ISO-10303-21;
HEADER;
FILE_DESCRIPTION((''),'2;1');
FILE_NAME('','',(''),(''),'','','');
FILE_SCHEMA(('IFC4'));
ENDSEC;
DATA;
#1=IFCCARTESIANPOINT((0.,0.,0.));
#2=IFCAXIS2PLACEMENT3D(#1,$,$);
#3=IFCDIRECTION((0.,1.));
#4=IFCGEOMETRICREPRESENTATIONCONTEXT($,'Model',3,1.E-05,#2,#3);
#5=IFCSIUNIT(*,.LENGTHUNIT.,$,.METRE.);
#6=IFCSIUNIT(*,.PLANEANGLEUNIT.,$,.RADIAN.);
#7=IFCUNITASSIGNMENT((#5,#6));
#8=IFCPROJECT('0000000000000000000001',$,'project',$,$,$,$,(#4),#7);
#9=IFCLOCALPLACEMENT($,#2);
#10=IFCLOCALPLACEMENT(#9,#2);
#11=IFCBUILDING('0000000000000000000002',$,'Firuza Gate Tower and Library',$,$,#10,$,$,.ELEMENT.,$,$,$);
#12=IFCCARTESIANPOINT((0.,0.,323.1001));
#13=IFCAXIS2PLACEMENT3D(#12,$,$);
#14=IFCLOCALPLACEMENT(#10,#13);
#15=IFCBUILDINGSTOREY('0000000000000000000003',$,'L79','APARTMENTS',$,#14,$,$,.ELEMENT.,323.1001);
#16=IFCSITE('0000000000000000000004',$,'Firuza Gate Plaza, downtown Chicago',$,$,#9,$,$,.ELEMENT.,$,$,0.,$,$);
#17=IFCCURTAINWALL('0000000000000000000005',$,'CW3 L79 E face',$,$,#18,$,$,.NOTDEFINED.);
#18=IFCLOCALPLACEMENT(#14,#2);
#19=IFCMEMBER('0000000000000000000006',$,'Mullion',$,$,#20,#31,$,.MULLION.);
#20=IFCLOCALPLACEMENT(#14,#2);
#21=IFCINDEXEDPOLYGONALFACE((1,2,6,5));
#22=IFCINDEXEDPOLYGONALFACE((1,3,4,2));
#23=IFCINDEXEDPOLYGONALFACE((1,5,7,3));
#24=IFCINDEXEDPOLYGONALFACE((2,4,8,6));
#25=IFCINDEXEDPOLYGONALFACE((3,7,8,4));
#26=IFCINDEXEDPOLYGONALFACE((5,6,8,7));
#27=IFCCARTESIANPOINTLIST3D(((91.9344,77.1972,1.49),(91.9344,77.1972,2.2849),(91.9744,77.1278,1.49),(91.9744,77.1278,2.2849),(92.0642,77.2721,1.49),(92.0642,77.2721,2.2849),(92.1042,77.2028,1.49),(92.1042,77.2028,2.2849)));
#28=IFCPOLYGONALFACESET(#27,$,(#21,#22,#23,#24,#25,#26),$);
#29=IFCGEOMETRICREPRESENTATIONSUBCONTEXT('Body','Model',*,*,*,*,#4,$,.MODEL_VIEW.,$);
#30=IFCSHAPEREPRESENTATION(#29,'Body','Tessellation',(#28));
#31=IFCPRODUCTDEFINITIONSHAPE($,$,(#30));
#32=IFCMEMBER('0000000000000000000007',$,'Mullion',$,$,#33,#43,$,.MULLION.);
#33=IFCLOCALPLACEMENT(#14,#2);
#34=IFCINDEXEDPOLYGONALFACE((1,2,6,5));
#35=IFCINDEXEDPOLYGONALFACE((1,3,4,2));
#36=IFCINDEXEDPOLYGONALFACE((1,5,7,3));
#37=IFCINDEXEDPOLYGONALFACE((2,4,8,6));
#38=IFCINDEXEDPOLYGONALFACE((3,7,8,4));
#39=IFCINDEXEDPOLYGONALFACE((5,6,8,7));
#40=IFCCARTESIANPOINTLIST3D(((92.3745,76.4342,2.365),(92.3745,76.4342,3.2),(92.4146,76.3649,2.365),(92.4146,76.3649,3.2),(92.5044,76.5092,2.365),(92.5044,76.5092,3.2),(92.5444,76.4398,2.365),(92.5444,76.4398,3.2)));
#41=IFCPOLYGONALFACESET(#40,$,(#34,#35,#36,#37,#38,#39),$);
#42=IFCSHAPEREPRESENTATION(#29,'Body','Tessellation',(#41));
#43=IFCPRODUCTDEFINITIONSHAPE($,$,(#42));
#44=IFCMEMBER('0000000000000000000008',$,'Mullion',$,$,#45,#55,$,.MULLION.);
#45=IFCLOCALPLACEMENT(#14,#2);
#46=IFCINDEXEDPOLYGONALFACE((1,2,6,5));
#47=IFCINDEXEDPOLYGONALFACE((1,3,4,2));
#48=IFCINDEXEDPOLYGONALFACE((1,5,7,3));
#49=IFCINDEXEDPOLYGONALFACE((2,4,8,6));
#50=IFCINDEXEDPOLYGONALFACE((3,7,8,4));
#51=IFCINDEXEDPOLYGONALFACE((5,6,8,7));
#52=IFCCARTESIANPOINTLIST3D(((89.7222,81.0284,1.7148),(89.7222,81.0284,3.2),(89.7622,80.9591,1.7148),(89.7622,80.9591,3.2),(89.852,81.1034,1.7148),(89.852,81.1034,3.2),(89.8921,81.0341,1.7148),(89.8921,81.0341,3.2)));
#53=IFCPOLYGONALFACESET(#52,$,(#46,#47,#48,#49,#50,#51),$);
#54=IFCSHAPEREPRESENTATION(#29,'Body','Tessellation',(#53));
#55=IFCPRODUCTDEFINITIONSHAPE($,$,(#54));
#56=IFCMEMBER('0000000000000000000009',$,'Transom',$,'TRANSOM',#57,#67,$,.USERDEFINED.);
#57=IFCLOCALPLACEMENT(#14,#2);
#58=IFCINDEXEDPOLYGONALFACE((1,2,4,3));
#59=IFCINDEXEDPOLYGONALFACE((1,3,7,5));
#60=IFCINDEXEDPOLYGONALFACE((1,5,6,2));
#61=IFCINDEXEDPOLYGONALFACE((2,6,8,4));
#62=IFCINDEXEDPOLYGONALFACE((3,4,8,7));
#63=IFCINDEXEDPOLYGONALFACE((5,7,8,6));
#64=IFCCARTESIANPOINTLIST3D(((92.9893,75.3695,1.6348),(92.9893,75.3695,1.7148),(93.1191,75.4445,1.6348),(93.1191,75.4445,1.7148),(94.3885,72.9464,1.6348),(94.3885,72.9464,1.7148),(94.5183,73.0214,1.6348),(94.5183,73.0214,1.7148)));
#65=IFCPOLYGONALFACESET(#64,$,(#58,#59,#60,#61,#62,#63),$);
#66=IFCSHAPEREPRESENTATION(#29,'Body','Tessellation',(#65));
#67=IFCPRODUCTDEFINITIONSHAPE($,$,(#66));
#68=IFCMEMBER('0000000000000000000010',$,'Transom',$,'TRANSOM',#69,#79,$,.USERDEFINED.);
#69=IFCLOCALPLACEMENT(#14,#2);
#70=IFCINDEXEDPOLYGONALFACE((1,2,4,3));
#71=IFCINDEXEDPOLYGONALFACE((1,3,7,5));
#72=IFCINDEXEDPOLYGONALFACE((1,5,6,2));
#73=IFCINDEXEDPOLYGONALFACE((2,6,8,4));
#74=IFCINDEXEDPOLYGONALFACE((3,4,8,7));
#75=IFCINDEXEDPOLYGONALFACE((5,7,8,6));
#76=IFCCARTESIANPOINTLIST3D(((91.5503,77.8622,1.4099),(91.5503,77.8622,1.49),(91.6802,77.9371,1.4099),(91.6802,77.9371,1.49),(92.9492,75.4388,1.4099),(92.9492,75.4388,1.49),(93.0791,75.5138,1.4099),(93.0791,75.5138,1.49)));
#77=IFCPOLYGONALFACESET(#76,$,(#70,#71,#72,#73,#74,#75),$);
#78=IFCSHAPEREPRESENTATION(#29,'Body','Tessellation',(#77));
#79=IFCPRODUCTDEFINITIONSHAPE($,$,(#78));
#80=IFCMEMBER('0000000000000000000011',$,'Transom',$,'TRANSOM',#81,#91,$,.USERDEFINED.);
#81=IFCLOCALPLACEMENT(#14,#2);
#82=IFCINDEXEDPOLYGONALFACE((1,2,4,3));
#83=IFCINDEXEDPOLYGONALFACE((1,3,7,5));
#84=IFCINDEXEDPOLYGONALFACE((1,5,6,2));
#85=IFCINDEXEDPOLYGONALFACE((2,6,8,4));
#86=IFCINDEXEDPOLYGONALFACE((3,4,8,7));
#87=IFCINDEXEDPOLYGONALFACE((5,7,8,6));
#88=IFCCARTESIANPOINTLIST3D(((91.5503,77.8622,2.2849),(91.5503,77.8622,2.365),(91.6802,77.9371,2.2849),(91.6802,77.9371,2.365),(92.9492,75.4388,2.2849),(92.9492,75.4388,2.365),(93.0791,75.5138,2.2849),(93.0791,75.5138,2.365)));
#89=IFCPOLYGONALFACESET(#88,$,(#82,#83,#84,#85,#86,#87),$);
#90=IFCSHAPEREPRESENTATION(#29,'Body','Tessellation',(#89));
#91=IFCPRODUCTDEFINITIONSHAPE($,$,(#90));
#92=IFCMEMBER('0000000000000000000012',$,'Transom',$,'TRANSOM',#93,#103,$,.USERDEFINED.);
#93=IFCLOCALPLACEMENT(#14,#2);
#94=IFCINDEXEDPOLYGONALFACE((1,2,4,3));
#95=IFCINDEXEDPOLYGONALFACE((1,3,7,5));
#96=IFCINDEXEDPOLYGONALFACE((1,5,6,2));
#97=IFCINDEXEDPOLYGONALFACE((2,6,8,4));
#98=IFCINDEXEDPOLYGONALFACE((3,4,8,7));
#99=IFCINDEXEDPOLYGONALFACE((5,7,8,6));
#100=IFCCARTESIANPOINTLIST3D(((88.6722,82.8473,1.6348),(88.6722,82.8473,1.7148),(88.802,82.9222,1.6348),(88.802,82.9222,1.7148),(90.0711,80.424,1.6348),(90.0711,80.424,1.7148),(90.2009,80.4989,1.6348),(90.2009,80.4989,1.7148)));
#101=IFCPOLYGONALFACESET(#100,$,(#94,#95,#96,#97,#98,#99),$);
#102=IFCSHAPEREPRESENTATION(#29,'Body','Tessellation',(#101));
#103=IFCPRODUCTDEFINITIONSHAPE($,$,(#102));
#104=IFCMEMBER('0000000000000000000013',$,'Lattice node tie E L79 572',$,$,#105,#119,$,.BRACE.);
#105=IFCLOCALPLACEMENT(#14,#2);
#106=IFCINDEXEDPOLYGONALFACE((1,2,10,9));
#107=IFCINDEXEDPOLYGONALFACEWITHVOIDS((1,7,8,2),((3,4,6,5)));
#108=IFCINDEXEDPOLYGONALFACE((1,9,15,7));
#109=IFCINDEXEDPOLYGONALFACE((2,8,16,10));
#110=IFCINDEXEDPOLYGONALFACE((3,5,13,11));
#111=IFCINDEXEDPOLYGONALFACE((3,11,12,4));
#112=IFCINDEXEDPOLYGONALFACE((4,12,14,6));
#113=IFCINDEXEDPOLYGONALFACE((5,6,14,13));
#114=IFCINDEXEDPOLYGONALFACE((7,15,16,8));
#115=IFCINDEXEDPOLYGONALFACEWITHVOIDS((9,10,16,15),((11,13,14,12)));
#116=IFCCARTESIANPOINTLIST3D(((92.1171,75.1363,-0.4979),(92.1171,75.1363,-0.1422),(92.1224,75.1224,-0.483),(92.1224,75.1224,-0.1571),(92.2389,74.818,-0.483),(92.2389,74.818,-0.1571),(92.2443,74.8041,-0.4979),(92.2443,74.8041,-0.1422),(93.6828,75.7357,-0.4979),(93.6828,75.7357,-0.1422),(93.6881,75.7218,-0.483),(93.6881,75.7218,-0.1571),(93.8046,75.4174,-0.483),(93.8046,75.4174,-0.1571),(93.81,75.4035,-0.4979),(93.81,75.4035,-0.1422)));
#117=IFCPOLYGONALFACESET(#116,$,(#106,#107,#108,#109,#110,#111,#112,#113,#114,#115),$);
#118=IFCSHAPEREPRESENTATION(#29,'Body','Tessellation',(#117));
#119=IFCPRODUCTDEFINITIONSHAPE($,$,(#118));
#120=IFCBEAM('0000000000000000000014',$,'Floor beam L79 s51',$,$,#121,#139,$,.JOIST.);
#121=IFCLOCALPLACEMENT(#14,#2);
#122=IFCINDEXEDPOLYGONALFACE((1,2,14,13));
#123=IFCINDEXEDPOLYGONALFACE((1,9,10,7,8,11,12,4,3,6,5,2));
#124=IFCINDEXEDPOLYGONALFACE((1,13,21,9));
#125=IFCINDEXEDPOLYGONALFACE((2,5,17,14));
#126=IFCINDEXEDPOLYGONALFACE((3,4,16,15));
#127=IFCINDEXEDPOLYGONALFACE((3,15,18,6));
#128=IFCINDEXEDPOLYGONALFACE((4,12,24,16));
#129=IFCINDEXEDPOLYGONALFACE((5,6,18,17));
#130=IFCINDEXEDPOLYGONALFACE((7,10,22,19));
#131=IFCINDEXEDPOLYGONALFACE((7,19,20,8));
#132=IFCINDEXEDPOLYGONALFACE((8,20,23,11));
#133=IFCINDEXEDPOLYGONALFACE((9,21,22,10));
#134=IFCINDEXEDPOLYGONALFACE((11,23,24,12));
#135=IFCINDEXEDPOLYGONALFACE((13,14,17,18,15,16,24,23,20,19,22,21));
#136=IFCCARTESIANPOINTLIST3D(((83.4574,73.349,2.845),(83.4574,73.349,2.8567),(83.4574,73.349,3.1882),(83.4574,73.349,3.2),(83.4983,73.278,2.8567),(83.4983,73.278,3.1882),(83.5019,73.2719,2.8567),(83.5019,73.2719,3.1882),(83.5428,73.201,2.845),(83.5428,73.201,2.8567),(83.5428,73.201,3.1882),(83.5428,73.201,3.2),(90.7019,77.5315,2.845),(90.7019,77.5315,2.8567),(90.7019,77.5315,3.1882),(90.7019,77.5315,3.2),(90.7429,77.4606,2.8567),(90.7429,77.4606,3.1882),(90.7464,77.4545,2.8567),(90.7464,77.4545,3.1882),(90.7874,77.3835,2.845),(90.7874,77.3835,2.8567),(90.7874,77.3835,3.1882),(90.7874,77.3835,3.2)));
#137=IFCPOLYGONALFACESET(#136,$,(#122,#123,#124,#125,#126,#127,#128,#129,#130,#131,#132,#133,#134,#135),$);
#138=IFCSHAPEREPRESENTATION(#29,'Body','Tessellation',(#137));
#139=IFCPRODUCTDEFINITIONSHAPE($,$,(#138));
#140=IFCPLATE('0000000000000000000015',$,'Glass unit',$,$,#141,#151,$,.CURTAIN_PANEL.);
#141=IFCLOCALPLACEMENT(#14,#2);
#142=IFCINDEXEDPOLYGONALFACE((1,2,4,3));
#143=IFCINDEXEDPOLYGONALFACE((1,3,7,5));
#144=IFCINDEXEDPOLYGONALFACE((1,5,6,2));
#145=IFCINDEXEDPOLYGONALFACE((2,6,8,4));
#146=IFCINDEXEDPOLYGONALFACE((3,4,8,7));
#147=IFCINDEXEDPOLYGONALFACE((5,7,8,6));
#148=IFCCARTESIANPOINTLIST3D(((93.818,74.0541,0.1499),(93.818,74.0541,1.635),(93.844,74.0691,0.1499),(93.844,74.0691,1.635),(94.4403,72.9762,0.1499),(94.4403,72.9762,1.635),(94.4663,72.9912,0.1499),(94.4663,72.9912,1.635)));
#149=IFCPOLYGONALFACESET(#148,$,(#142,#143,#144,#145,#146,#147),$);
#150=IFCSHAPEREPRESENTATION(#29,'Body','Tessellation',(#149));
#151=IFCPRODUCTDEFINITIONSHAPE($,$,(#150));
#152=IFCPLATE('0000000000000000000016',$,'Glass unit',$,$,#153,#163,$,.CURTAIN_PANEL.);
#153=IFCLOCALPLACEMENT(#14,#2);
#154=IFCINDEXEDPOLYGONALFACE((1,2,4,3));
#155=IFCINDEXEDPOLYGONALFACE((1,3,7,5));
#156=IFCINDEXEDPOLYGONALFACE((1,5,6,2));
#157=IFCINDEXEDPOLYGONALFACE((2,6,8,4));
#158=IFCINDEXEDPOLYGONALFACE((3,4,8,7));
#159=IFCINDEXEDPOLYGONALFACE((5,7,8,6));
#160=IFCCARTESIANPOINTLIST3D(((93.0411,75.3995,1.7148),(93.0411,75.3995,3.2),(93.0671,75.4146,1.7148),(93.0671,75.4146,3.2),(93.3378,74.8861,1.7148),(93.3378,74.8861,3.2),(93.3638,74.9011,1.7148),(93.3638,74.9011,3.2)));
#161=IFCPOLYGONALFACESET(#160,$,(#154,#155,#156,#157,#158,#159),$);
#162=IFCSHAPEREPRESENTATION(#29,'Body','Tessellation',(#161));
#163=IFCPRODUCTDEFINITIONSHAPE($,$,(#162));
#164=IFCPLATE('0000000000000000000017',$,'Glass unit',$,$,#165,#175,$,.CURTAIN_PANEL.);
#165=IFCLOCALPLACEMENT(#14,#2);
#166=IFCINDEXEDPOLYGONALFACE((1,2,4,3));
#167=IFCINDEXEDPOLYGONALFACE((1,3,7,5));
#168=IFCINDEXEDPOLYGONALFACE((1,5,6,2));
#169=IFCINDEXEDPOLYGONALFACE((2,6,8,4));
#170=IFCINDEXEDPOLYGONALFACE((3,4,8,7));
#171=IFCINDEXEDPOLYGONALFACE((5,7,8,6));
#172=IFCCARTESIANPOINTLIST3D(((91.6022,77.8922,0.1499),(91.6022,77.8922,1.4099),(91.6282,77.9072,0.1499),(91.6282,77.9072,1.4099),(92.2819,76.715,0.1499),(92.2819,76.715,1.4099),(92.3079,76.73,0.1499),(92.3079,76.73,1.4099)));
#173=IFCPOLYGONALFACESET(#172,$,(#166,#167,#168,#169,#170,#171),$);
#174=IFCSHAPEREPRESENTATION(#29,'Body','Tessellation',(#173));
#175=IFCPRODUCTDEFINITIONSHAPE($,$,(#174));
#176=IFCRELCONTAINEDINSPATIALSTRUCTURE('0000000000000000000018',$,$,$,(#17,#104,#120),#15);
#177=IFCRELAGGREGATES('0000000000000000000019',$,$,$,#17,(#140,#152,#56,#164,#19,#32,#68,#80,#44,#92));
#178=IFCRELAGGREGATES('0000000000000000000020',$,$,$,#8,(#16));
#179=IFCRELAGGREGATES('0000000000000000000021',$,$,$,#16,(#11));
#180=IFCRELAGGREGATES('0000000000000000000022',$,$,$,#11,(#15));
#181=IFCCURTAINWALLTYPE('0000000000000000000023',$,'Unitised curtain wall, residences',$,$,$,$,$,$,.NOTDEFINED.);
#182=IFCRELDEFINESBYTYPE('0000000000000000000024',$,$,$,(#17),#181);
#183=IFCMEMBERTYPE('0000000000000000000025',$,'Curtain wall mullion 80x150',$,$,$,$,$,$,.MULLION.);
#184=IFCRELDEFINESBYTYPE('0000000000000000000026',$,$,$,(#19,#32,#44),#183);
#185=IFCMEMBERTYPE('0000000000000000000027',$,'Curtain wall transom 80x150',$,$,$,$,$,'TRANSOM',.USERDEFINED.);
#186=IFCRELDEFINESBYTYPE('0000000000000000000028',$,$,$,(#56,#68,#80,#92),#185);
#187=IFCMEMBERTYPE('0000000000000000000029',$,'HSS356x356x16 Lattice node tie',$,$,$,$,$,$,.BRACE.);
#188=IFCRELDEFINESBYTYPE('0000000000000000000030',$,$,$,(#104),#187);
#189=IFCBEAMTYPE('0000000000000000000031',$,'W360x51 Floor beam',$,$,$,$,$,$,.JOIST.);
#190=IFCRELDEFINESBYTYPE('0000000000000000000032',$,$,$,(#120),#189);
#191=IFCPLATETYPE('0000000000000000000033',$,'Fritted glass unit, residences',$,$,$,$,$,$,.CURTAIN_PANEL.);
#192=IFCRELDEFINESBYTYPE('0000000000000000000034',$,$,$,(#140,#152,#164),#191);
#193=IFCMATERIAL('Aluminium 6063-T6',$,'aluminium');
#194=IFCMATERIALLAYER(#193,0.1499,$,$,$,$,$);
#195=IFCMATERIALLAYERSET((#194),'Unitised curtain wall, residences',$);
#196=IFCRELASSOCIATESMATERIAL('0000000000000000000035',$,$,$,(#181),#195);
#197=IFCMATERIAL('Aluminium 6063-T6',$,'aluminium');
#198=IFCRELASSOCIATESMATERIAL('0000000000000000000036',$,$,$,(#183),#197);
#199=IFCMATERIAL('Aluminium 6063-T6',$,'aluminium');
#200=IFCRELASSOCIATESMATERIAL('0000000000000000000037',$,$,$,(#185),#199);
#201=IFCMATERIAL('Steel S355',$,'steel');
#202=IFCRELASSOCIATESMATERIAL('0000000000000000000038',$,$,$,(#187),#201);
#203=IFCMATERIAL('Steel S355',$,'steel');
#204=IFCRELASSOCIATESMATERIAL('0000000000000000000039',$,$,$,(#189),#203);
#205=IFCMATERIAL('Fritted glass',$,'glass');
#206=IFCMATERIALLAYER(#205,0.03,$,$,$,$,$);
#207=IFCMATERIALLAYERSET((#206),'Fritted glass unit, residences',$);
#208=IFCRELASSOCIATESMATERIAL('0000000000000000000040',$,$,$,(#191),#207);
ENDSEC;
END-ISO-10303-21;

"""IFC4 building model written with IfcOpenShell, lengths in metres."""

from ifc_helpers import new_model, si_unit, direction, frame, origin, origin_2d, place, context, subcontext, project, spatial, polyline, rectangle, hollow_rectangle, i_section, outline, extrude, material, layer, layer_set, material_profile, profile_set, type_object, element, aggregate, save


model = new_model("IFC4")

# Units and contexts
model_context = context("Model", 3, precision=1e-05, world=origin(), true_north=direction((0.0, 1.0)))
body_context = subcontext(model_context, "Body", "Model", "MODEL_VIEW")
ifc_project = project(units=[si_unit("LENGTHUNIT", "METRE"), si_unit("PLANEANGLEUNIT", "RADIAN")], contexts=[model_context])

# Site, building, storey
site_placement = place(None, origin())
site = spatial("IfcSite", under=ifc_project, at=site_placement, Name="Firuza Gate Plaza, downtown Chicago", CompositionType="ELEMENT", RefElevation=0.0)
building_placement = place(site_placement, origin())
building = spatial("IfcBuilding", under=site, at=building_placement, Name="Firuza Gate Tower and Library", CompositionType="ELEMENT")
storey_placement = place(building_placement, frame((0.0, 0.0, 323.1001)))
storey = spatial("IfcBuildingStorey", under=building, at=storey_placement, Name="L79", Description="APARTMENTS", CompositionType="ELEMENT", Elevation=323.1001)

# Curtain wall, members
ifc_material_1 = material(Name="Aluminium 6063-T6", Category="aluminium")
ifc_layer_1 = layer(ifc_material_1, 0.1499)
ifc_layer_set_1 = layer_set([ifc_layer_1], Name="Unitised curtain wall, residences")
curtain_wall_type = type_object("IfcCurtainWallType", Name="Unitised curtain wall, residences", PredefinedType="NOTDEFINED", material=ifc_layer_set_1)
curtain_wall_placement = place(storey_placement, origin())
curtain_wall = element("IfcCurtainWall", 1, at=curtain_wall_placement, inside=storey, type_object=curtain_wall_type, Name="CW3 L79 E face", PredefinedType="NOTDEFINED")
ifc_material_2 = material(Name="Aluminium 6063-T6", Category="aluminium")
ifc_material_profile_1 = material_profile(ifc_material_2, rectangle(XDim=0.1499, YDim=0.0801, at=origin_2d()))
ifc_profile_set_1 = profile_set([ifc_material_profile_1], Name="Aluminium 6063-T6")
member_type_1 = type_object("IfcMemberType", Name="Curtain wall mullion 80x150", PredefinedType="MULLION", material=ifc_profile_set_1)
member_1_placement = place(storey_placement, frame((92.0193, 77.2, 1.49), z_axis=(0.0, 0.0, 1.0), x_axis=(-0.866025, -0.5, 0.0)))
member_1 = element("IfcMember", 2, at=member_1_placement, type_object=member_type_1, Name="Mullion", PredefinedType="MULLION", context=body_context, shape_type="SweptSolid", body=[
    extrude(rectangle(XDim=0.1499, YDim=0.0801, at=origin_2d()), origin(), (0.0, 0.0, 1.0), 0.7949),
])
member_2_placement = place(storey_placement, frame((92.4595, 76.437, 2.365), z_axis=(0.0, 0.0, 1.0), x_axis=(-0.866025, -0.5, 0.0)))
member_2 = element("IfcMember", 3, at=member_2_placement, type_object=member_type_1, Name="Mullion", PredefinedType="MULLION", context=body_context, shape_type="SweptSolid", body=[
    extrude(rectangle(XDim=0.1499, YDim=0.0801, at=origin_2d()), origin(), (0.0, 0.0, 1.0), 0.835),
])
member_3_placement = place(storey_placement, frame((89.8071, 81.0312, 1.7148), z_axis=(0.0, 0.0, 1.0), x_axis=(-0.866025, -0.5, 0.0)))
member_3 = element("IfcMember", 4, at=member_3_placement, type_object=member_type_1, Name="Mullion", PredefinedType="MULLION", context=body_context, shape_type="SweptSolid", body=[
    extrude(rectangle(XDim=0.1499, YDim=0.0801, at=origin_2d()), origin(), (0.0, 0.0, 1.0), 1.4851),
])
ifc_material_3 = material(Name="Aluminium 6063-T6", Category="aluminium")
ifc_material_profile_2 = material_profile(ifc_material_3, rectangle(XDim=0.1499, YDim=0.0801, at=origin_2d()))
ifc_profile_set_2 = profile_set([ifc_material_profile_2], Name="Aluminium 6063-T6")
member_type_2 = type_object("IfcMemberType", Name="Curtain wall transom 80x150", ElementType="TRANSOM", PredefinedType="USERDEFINED", material=ifc_profile_set_2)
member_4_placement = place(storey_placement, frame((94.4534, 72.9839, 1.6748), z_axis=(-0.500052, 0.865995, 0.0), x_axis=(-0.865995, -0.500052, 0.0)))
member_4 = element("IfcMember", 5, at=member_4_placement, type_object=member_type_2, Name="Transom", ObjectType="TRANSOM", PredefinedType="USERDEFINED", context=body_context, shape_type="SweptSolid", body=[
    extrude(rectangle(XDim=0.1499, YDim=0.0801, at=origin_2d()), origin(), (0.0, 0.0, 1.0), 2.7981),
])
member_5_placement = place(storey_placement, frame((93.0142, 75.4763, 1.45), z_axis=(-0.499949, 0.866055, 0.0), x_axis=(-0.866055, -0.499949, 0.0)))
member_5 = element("IfcMember", 6, at=member_5_placement, type_object=member_type_2, Name="Transom", ObjectType="TRANSOM", PredefinedType="USERDEFINED", context=body_context, shape_type="SweptSolid", body=[
    extrude(rectangle(XDim=0.1499, YDim=0.0801, at=origin_2d()), origin(), (0.0, 0.0, 1.0), 2.7981),
])
member_6_placement = place(storey_placement, frame((93.0142, 75.4763, 2.325), z_axis=(-0.499949, 0.866055, 0.0), x_axis=(-0.866055, -0.499949, 0.0)))
member_6 = element("IfcMember", 7, at=member_6_placement, type_object=member_type_2, Name="Transom", ObjectType="TRANSOM", PredefinedType="USERDEFINED", context=body_context, shape_type="SweptSolid", body=[
    extrude(rectangle(XDim=0.1499, YDim=0.0801, at=origin_2d()), origin(), (0.0, 0.0, 1.0), 2.7981),
])
member_7_placement = place(storey_placement, frame((90.136, 80.4614, 1.6748), z_axis=(-0.499949, 0.866055, 0.0), x_axis=(-0.866055, -0.499949, 0.0)))
member_7 = element("IfcMember", 8, at=member_7_placement, type_object=member_type_2, Name="Transom", ObjectType="TRANSOM", PredefinedType="USERDEFINED", context=body_context, shape_type="SweptSolid", body=[
    extrude(rectangle(XDim=0.1499, YDim=0.0801, at=origin_2d()), origin(), (0.0, 0.0, 1.0), 2.7981),
])

# Member
ifc_material_4 = material(Name="Steel S355", Category="steel")
ifc_material_profile_3 = material_profile(ifc_material_4, hollow_rectangle(XDim=0.3557, YDim=0.3557, WallThickness=0.0149, at=origin_2d()))
ifc_profile_set_3 = profile_set([ifc_material_profile_3], Name="Steel S355")
member_type_3 = type_object("IfcMemberType", Name="HSS356x356x16 Lattice node tie", PredefinedType="BRACE", material=ifc_profile_set_3)
member_8_placement = place(storey_placement, frame((92.1807, 74.9702, -0.3201), z_axis=(0.933907, 0.357515, 0.0), x_axis=(-0.357515, 0.933907, 0.0)))
element("IfcMember", 9, at=member_8_placement, inside=storey, type_object=member_type_3, Name="Lattice node tie E L79 572", PredefinedType="BRACE", context=body_context, shape_type="SweptSolid", body=[
    extrude(hollow_rectangle(XDim=0.3557, YDim=0.3557, WallThickness=0.0149, at=origin_2d()), origin(), (0.0, 0.0, 1.0), 1.6765),
])

# Beam
ifc_material_5 = material(Name="Steel S355", Category="steel")
ifc_material_profile_4 = material_profile(ifc_material_5, i_section(OverallWidth=0.1709, OverallDepth=0.355, WebThickness=0.0071, FlangeThickness=0.0117, at=origin_2d()))
ifc_profile_set_4 = profile_set([ifc_material_profile_4], Name="Steel S355")
beam_type = type_object("IfcBeamType", Name="W360x51 Floor beam", PredefinedType="JOIST", material=ifc_profile_set_4)
beam_placement = place(storey_placement, frame((90.7446, 77.4575, 3.0225), z_axis=(-0.866029, -0.499994, 0.0), x_axis=(0.499994, -0.866029, 0.0)))
element("IfcBeam", 10, at=beam_placement, inside=storey, type_object=beam_type, Name="Floor beam L79 s51", PredefinedType="JOIST", context=body_context, shape_type="SweptSolid", body=[
    extrude(i_section(OverallWidth=0.1709, OverallDepth=0.355, WebThickness=0.0071, FlangeThickness=0.0117, at=origin_2d()), origin(), (0.0, 0.0, 1.0), 8.3652),
])

# Plates
ifc_material_6 = material(Name="Fritted glass", Category="glass")
ifc_layer_2 = layer(ifc_material_6, 0.03)
ifc_layer_set_2 = layer_set([ifc_layer_2], Name="Fritted glass unit, residences")
plate_type_1 = type_object("IfcPlateType", Name="Fritted glass unit, residences", PredefinedType="CURTAIN_PANEL", material=ifc_layer_set_2)
plate_1_placement = place(storey_placement, frame((94.4663, 72.9912, 0.1499), z_axis=(0.866026, 0.5, 0.0), x_axis=(-0.5, 0.866026, 0.0)))
plate_1 = element("IfcPlate", 11, at=plate_1_placement, type_object=plate_type_1, Name="Glass unit", PredefinedType="CURTAIN_PANEL", context=body_context, shape_type="SweptSolid", body=[
    extrude(outline(polyline([(0.0, 0.0), (1.2446, 0.0), (1.2446, 1.4851), (0.0, 1.4851), (0.0, 0.0)])), origin(), (0.0, 0.0, -1.0), 0.03),
])
plate_2_placement = place(storey_placement, frame((93.3638, 74.9011, 1.7148), z_axis=(0.865877, 0.500257, 0.0), x_axis=(-0.500257, 0.865877, 0.0)))
plate_2 = element("IfcPlate", 12, at=plate_2_placement, type_object=plate_type_1, Name="Glass unit", PredefinedType="CURTAIN_PANEL", context=body_context, shape_type="SweptSolid", body=[
    extrude(outline(polyline([(0.0, 0.0), (0.593, 0.0), (0.593, 1.4851), (0.0, 1.4851), (0.0, 0.0)])), origin(), (0.0, 0.0, -1.0), 0.03),
])
plate_3_placement = place(storey_placement, frame((92.3079, 76.73, 0.1499), z_axis=(0.866024, 0.500002, 0.0), x_axis=(-0.500002, 0.866024, 0.0)))
plate_3 = element("IfcPlate", 13, at=plate_3_placement, type_object=plate_type_1, Name="Glass unit", PredefinedType="CURTAIN_PANEL", context=body_context, shape_type="SweptSolid", body=[
    extrude(outline(polyline([(0.0, 0.0), (1.3594, 0.0), (1.3594, 1.26), (0.0, 1.26), (0.0, 0.0)])), origin(), (0.0, 0.0, -1.0), 0.03),
])
aggregate(curtain_wall, [plate_1, plate_2, member_4, plate_3, member_1, member_2, member_5, member_6, member_3, member_7])

save(model, "model.ifc")
